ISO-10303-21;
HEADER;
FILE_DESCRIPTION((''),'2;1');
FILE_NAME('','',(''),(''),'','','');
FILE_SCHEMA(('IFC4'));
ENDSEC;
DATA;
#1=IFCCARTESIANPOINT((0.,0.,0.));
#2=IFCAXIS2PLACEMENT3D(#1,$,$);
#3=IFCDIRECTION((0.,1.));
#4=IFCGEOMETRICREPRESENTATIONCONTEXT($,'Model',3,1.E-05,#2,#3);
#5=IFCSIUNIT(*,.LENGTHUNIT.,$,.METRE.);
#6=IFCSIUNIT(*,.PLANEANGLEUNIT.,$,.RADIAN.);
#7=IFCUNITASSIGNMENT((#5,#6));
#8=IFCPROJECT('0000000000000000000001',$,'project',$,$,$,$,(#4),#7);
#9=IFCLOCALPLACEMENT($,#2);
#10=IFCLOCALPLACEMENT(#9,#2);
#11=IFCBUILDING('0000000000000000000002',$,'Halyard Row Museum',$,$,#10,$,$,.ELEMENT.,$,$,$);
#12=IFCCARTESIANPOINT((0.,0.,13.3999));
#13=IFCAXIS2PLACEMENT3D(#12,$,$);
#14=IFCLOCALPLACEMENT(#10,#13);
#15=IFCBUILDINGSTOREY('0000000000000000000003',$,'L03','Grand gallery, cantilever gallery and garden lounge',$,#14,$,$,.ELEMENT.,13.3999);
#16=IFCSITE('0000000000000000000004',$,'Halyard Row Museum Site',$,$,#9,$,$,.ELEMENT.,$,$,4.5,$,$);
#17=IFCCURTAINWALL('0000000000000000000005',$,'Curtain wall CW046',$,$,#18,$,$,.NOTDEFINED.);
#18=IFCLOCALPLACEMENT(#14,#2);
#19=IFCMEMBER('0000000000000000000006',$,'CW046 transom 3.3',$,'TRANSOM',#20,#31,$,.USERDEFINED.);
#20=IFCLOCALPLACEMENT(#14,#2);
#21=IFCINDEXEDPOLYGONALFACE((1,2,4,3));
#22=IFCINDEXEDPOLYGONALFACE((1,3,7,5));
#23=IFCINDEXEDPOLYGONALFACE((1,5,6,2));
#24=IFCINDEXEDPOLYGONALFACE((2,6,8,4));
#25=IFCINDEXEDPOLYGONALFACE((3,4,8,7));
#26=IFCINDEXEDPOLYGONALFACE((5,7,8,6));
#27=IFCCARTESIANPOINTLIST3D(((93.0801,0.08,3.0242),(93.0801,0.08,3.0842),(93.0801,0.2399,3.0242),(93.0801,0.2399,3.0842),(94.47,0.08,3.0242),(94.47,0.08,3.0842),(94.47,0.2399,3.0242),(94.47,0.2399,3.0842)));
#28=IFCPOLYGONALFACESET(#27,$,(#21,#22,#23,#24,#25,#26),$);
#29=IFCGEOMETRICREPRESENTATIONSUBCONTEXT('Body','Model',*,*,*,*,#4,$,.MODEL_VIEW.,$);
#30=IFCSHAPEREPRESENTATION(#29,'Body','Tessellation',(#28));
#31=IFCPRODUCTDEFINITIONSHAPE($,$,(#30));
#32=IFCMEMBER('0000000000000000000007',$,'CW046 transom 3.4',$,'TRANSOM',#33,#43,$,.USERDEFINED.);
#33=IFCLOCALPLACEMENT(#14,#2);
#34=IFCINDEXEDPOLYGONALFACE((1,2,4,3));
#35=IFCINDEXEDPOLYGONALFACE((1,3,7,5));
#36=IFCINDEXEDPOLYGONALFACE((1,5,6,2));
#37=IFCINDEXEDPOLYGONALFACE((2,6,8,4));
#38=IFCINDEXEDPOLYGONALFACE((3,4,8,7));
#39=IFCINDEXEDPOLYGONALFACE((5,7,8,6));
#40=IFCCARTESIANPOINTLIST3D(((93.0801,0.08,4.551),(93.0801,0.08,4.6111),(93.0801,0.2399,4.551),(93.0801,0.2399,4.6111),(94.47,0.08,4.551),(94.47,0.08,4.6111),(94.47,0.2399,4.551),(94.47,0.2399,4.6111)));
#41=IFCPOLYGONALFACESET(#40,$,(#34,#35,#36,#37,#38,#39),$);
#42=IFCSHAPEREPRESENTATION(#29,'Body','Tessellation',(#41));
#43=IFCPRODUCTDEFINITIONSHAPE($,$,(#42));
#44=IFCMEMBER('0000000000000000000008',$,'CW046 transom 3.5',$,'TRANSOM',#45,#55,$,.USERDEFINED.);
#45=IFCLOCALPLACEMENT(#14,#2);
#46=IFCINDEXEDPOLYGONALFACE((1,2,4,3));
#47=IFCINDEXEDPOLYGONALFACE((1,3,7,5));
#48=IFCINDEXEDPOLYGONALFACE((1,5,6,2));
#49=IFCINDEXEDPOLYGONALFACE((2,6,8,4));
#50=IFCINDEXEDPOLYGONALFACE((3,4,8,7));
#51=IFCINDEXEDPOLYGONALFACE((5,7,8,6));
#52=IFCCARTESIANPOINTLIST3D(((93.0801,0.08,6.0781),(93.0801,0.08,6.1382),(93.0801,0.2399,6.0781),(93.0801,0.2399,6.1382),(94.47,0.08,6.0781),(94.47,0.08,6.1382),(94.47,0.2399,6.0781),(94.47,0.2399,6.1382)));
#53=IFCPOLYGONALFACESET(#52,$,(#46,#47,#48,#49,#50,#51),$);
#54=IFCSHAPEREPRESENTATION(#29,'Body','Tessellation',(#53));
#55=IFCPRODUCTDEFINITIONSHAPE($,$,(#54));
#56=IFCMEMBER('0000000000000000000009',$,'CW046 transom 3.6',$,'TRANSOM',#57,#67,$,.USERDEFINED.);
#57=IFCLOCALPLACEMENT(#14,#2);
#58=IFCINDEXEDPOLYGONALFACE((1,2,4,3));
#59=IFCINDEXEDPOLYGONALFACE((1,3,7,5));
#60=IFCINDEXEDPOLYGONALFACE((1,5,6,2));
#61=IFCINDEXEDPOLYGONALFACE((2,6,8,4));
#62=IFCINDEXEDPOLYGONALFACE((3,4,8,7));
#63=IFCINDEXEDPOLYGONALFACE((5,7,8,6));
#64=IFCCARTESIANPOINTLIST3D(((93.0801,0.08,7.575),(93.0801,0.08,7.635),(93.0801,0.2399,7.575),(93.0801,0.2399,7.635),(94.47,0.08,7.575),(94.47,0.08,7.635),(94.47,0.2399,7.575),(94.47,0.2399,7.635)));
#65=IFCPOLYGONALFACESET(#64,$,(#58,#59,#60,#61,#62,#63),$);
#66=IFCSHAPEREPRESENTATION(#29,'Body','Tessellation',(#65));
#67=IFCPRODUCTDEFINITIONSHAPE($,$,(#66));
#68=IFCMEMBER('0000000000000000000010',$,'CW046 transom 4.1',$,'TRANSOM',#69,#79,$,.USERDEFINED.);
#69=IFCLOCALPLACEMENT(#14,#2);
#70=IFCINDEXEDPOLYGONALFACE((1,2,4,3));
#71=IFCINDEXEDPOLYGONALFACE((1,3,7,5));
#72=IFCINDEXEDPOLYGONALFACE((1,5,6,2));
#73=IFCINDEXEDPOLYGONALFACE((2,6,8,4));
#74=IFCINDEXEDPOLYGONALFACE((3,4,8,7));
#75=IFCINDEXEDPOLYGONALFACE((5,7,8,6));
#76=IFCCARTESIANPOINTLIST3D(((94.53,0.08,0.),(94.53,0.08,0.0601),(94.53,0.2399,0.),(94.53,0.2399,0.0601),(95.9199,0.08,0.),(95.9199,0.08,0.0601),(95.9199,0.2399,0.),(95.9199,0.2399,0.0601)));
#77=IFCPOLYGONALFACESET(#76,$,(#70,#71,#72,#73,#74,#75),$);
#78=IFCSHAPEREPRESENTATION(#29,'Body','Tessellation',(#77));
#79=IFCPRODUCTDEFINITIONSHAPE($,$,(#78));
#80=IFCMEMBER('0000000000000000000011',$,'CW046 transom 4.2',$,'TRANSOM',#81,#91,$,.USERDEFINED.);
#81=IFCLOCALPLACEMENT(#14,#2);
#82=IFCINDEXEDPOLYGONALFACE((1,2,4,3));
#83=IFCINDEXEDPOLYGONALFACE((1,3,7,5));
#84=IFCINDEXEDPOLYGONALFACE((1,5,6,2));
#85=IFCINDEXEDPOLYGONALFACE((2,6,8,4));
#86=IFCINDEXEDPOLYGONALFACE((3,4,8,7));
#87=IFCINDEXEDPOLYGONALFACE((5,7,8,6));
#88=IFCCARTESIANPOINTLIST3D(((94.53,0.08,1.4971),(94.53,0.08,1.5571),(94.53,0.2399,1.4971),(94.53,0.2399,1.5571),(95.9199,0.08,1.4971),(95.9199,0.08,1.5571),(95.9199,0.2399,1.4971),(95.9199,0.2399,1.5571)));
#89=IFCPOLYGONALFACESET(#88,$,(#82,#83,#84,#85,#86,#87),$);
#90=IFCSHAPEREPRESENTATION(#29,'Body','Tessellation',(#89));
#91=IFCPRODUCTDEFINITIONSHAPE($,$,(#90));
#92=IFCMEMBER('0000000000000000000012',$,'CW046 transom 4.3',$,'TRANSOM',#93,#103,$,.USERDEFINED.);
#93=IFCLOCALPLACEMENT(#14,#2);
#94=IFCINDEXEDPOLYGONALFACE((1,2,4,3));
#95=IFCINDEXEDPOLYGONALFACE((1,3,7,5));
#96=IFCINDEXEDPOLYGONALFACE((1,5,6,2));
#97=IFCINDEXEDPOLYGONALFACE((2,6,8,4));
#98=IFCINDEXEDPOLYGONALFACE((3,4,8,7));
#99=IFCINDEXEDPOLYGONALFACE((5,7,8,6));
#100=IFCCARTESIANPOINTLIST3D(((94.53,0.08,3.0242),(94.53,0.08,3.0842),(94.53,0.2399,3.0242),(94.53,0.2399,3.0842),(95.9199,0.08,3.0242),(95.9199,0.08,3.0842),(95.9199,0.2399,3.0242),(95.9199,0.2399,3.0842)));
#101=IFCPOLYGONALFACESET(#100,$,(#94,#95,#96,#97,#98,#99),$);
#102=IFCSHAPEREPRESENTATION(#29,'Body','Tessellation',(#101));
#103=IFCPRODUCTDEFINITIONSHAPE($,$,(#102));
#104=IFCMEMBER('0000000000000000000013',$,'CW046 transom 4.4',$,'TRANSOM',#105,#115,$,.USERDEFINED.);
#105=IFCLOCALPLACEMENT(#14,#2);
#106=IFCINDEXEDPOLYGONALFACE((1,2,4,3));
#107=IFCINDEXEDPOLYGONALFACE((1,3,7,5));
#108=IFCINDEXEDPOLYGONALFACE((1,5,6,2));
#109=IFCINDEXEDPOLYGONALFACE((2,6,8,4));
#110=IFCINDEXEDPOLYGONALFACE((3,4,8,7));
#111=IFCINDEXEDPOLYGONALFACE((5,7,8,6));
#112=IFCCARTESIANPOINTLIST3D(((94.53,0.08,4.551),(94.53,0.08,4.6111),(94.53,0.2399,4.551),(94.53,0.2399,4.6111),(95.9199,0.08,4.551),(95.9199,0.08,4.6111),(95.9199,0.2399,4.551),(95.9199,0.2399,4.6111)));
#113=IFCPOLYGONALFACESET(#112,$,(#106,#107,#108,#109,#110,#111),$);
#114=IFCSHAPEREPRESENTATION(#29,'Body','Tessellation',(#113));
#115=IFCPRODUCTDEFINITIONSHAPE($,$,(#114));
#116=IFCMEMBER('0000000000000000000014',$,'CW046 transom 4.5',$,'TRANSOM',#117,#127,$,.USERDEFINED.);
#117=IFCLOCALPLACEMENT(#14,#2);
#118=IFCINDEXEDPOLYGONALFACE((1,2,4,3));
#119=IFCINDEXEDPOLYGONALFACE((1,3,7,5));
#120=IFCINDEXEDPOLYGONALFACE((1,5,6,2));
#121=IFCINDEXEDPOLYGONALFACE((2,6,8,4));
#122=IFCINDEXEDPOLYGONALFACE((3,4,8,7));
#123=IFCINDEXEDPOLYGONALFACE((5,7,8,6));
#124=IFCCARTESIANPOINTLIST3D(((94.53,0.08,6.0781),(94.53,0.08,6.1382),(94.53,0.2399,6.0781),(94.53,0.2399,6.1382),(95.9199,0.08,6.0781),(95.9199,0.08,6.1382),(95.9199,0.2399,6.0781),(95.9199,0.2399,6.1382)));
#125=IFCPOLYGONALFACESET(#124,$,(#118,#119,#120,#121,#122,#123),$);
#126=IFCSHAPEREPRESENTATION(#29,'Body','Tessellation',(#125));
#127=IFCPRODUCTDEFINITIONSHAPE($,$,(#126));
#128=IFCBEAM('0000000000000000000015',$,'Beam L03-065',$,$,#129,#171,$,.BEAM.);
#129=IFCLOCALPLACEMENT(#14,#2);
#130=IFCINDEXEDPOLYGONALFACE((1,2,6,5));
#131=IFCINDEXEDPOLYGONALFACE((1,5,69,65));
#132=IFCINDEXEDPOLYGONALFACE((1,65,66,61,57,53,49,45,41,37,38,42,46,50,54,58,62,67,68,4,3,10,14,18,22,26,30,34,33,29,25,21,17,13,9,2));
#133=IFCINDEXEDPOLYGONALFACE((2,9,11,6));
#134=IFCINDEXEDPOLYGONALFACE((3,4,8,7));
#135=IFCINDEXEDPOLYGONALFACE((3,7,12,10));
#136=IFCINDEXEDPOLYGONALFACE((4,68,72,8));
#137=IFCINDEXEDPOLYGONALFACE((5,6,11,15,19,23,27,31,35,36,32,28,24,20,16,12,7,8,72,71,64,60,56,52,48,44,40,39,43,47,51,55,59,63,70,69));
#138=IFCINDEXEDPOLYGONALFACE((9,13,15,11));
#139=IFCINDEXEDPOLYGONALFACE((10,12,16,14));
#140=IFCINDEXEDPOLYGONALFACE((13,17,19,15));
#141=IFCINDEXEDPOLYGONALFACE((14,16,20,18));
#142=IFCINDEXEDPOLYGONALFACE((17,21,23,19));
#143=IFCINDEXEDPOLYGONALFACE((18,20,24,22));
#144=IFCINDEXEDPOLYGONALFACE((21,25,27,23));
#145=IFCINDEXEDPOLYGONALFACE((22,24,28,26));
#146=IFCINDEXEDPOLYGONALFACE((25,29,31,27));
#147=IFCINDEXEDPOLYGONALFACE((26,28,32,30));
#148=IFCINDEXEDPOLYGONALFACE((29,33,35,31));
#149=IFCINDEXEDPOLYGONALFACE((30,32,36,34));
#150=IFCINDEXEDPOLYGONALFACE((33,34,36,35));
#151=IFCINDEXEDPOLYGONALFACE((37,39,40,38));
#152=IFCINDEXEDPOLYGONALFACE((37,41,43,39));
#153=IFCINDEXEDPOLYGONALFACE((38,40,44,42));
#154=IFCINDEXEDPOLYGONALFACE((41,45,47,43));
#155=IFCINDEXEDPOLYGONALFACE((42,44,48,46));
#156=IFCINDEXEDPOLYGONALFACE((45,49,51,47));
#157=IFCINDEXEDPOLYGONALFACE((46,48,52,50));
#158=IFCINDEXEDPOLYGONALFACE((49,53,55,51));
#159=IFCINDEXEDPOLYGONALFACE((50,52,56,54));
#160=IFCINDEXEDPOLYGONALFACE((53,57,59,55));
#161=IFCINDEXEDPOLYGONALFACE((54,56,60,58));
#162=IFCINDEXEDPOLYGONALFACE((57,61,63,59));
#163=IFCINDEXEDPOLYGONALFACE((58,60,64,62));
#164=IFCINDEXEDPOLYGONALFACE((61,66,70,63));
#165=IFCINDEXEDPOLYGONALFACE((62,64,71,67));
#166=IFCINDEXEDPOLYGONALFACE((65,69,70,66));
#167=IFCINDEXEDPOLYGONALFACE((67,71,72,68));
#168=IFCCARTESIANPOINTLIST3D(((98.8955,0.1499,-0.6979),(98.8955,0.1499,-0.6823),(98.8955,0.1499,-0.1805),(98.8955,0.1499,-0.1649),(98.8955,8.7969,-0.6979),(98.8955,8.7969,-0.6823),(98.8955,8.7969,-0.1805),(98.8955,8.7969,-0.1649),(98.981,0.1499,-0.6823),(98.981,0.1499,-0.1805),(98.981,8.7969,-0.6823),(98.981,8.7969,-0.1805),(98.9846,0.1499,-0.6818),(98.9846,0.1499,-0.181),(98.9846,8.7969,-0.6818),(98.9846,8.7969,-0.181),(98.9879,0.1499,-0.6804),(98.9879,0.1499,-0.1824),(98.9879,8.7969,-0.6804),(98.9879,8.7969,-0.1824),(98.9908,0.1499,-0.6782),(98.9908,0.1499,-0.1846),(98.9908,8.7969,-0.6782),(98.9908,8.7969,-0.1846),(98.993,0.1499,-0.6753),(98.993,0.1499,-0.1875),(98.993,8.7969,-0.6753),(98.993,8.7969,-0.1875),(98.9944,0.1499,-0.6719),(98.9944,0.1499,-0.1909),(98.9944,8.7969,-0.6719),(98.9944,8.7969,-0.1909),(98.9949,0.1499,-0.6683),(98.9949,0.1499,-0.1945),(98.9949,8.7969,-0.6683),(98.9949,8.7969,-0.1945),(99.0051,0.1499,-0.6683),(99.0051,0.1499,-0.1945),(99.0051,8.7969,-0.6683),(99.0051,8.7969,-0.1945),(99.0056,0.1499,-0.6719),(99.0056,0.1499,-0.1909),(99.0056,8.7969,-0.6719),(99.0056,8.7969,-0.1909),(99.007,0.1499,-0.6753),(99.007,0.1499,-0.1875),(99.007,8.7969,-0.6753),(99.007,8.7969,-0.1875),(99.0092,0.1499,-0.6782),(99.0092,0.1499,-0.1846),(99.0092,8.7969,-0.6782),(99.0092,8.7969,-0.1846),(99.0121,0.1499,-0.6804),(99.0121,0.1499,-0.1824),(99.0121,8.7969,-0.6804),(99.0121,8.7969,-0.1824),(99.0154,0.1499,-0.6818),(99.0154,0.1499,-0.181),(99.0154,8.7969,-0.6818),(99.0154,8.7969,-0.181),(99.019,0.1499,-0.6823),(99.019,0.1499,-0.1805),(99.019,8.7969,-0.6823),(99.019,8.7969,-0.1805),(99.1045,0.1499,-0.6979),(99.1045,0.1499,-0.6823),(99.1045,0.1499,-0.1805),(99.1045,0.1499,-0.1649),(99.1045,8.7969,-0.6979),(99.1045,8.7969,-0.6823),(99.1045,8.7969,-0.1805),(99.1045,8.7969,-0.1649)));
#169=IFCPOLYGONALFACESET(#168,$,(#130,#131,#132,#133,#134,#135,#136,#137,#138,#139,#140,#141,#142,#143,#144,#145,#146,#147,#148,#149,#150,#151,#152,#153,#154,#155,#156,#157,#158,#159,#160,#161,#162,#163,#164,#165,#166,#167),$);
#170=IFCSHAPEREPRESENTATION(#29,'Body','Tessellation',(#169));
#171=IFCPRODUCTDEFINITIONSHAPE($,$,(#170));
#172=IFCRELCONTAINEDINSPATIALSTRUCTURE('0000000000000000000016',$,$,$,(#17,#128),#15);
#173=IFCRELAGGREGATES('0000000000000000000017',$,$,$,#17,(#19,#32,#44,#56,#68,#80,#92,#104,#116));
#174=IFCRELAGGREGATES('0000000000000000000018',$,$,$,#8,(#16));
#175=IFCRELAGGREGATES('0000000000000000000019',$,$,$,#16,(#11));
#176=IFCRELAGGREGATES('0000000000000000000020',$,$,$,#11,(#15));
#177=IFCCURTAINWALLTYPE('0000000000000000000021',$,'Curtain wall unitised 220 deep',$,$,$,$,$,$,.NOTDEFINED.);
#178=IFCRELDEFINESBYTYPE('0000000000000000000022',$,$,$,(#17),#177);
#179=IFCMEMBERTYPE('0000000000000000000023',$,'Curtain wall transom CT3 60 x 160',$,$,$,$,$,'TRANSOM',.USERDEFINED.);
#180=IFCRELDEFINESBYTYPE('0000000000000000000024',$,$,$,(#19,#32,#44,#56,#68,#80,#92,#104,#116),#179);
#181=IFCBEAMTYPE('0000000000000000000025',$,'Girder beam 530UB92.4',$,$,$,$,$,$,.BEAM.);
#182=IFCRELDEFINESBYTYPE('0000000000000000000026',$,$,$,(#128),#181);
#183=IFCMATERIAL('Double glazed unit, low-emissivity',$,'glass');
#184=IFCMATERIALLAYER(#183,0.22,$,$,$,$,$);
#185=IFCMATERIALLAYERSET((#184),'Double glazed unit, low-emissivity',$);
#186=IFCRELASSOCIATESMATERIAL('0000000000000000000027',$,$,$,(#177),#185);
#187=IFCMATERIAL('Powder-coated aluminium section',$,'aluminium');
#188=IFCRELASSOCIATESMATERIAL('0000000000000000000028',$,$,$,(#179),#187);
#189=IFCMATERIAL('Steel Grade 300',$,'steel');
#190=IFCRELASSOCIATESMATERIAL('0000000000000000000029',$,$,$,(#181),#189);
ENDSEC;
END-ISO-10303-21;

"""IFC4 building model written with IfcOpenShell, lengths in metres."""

from ifc_helpers import new_model, si_unit, direction, frame, origin, origin_2d, place, context, subcontext, project, spatial, rectangle, i_section, extrude, material, layer, layer_set, material_profile, profile_set, type_object, element, aggregate, save


model = new_model("IFC4")

# Units and contexts
model_context = context("Model", 3, precision=1e-05, world=origin(), true_north=direction((0.0, 1.0)))
body_context = subcontext(model_context, "Body", "Model", "MODEL_VIEW")
ifc_project = project(units=[si_unit("LENGTHUNIT", "METRE"), si_unit("PLANEANGLEUNIT", "RADIAN")], contexts=[model_context])

# Site, building, storey
site_placement = place(None, origin())
site = spatial("IfcSite", under=ifc_project, at=site_placement, Name="Halyard Row Museum Site", CompositionType="ELEMENT", RefElevation=4.5)
building_placement = place(site_placement, origin())
building = spatial("IfcBuilding", under=site, at=building_placement, Name="Halyard Row Museum", CompositionType="ELEMENT")
storey_placement = place(building_placement, frame((0.0, 0.0, 13.3999)))
storey = spatial("IfcBuildingStorey", under=building, at=storey_placement, Name="L03", Description="Grand gallery, cantilever gallery and garden lounge", CompositionType="ELEMENT", Elevation=13.3999)

# Curtain wall, members
ifc_material_1 = material(Name="Double glazed unit, low-emissivity", Category="glass")
ifc_layer_1 = layer(ifc_material_1, 0.22)
ifc_layer_set_1 = layer_set([ifc_layer_1], Name="Double glazed unit, low-emissivity")
curtain_wall_type = type_object("IfcCurtainWallType", Name="Curtain wall unitised 220 deep", PredefinedType="NOTDEFINED", material=ifc_layer_set_1)
curtain_wall_placement = place(storey_placement, origin())
curtain_wall = element("IfcCurtainWall", 1, at=curtain_wall_placement, inside=storey, type_object=curtain_wall_type, Name="Curtain wall CW046", PredefinedType="NOTDEFINED")
ifc_material_2 = material(Name="Powder-coated aluminium section", Category="aluminium")
ifc_material_profile_1 = material_profile(ifc_material_2, rectangle(XDim=0.1599, YDim=0.0601, at=origin_2d()), Name="160x60 transom")
ifc_profile_set_1 = profile_set([ifc_material_profile_1], Name="Powder-coated aluminium section")
member_type_1 = type_object("IfcMemberType", Name="Curtain wall transom CT3 60 x 160", ElementType="TRANSOM", PredefinedType="USERDEFINED", material=ifc_profile_set_1)
member_1_placement = place(storey_placement, frame((93.0801, 0.1599, 3.0542), z_axis=(1.0, 0.0, 0.0), x_axis=(0.0, 1.0, 0.0)))
member_1 = element("IfcMember", 2, at=member_1_placement, type_object=member_type_1, Name="CW046 transom 3.3", ObjectType="TRANSOM", PredefinedType="USERDEFINED", context=body_context, shape_type="SweptSolid", body=[
    extrude(rectangle(XDim=0.1599, YDim=0.0601, at=origin_2d()), origin(), (0.0, 0.0, 1.0), 1.3899),
])
member_2_placement = place(storey_placement, frame((93.0801, 0.1599, 4.5811), z_axis=(1.0, 0.0, 0.0), x_axis=(0.0, 1.0, 0.0)))
member_2 = element("IfcMember", 3, at=member_2_placement, type_object=member_type_1, Name="CW046 transom 3.4", ObjectType="TRANSOM", PredefinedType="USERDEFINED", context=body_context, shape_type="SweptSolid", body=[
    extrude(rectangle(XDim=0.1599, YDim=0.0601, at=origin_2d()), origin(), (0.0, 0.0, 1.0), 1.3899),
])
member_3_placement = place(storey_placement, frame((93.0801, 0.1599, 6.1082), z_axis=(1.0, 0.0, 0.0), x_axis=(0.0, 1.0, 0.0)))
member_3 = element("IfcMember", 4, at=member_3_placement, type_object=member_type_1, Name="CW046 transom 3.5", ObjectType="TRANSOM", PredefinedType="USERDEFINED", context=body_context, shape_type="SweptSolid", body=[
    extrude(rectangle(XDim=0.1599, YDim=0.0601, at=origin_2d()), origin(), (0.0, 0.0, 1.0), 1.3899),
])
member_4_placement = place(storey_placement, frame((93.0801, 0.1599, 7.605), z_axis=(1.0, 0.0, 0.0), x_axis=(0.0, 1.0, 0.0)))
member_4 = element("IfcMember", 5, at=member_4_placement, type_object=member_type_1, Name="CW046 transom 3.6", ObjectType="TRANSOM", PredefinedType="USERDEFINED", context=body_context, shape_type="SweptSolid", body=[
    extrude(rectangle(XDim=0.1599, YDim=0.0601, at=origin_2d()), origin(), (0.0, 0.0, 1.0), 1.3899),
])
member_5_placement = place(storey_placement, frame((94.53, 0.1599, 0.03), z_axis=(1.0, 0.0, 0.0), x_axis=(0.0, 1.0, 0.0)))
member_5 = element("IfcMember", 6, at=member_5_placement, type_object=member_type_1, Name="CW046 transom 4.1", ObjectType="TRANSOM", PredefinedType="USERDEFINED", context=body_context, shape_type="SweptSolid", body=[
    extrude(rectangle(XDim=0.1599, YDim=0.0601, at=origin_2d()), origin(), (0.0, 0.0, 1.0), 1.3899),
])
member_6_placement = place(storey_placement, frame((94.53, 0.1599, 1.5271), z_axis=(1.0, 0.0, 0.0), x_axis=(0.0, 1.0, 0.0)))
member_6 = element("IfcMember", 7, at=member_6_placement, type_object=member_type_1, Name="CW046 transom 4.2", ObjectType="TRANSOM", PredefinedType="USERDEFINED", context=body_context, shape_type="SweptSolid", body=[
    extrude(rectangle(XDim=0.1599, YDim=0.0601, at=origin_2d()), origin(), (0.0, 0.0, 1.0), 1.3899),
])
member_7_placement = place(storey_placement, frame((94.53, 0.1599, 3.0542), z_axis=(1.0, 0.0, 0.0), x_axis=(0.0, 1.0, 0.0)))
member_7 = element("IfcMember", 8, at=member_7_placement, type_object=member_type_1, Name="CW046 transom 4.3", ObjectType="TRANSOM", PredefinedType="USERDEFINED", context=body_context, shape_type="SweptSolid", body=[
    extrude(rectangle(XDim=0.1599, YDim=0.0601, at=origin_2d()), origin(), (0.0, 0.0, 1.0), 1.3899),
])
member_8_placement = place(storey_placement, frame((94.53, 0.1599, 4.5811), z_axis=(1.0, 0.0, 0.0), x_axis=(0.0, 1.0, 0.0)))
member_8 = element("IfcMember", 9, at=member_8_placement, type_object=member_type_1, Name="CW046 transom 4.4", ObjectType="TRANSOM", PredefinedType="USERDEFINED", context=body_context, shape_type="SweptSolid", body=[
    extrude(rectangle(XDim=0.1599, YDim=0.0601, at=origin_2d()), origin(), (0.0, 0.0, 1.0), 1.3899),
])
member_9_placement = place(storey_placement, frame((94.53, 0.1599, 6.1082), z_axis=(1.0, 0.0, 0.0), x_axis=(0.0, 1.0, 0.0)))
member_9 = element("IfcMember", 10, at=member_9_placement, type_object=member_type_1, Name="CW046 transom 4.5", ObjectType="TRANSOM", PredefinedType="USERDEFINED", context=body_context, shape_type="SweptSolid", body=[
    extrude(rectangle(XDim=0.1599, YDim=0.0601, at=origin_2d()), origin(), (0.0, 0.0, 1.0), 1.3899),
])

# Beam
ifc_material_3 = material(Name="Steel Grade 300", Category="steel")
ifc_material_profile_2 = material_profile(ifc_material_3, i_section(OverallWidth=0.209, OverallDepth=0.533, WebThickness=0.0103, FlangeThickness=0.0156, FilletRadius=0.0139, at=origin_2d()), Name="530UB92.4")
ifc_profile_set_2 = profile_set([ifc_material_profile_2], Name="Steel Grade 300")
beam_type_1 = type_object("IfcBeamType", Name="Girder beam 530UB92.4", PredefinedType="BEAM", material=ifc_profile_set_2)
beam_placement = place(storey_placement, frame((99.0, 0.1499, -0.4314), z_axis=(0.0, 1.0, 0.0), x_axis=(-1.0, 0.0, 0.0)))
element("IfcBeam", 11, at=beam_placement, inside=storey, type_object=beam_type_1, Name="Beam L03-065", PredefinedType="BEAM", context=body_context, shape_type="SweptSolid", body=[
    extrude(i_section(OverallWidth=0.209, OverallDepth=0.533, WebThickness=0.0103, FlangeThickness=0.0156, FilletRadius=0.0139, at=origin_2d()), origin(), (0.0, 0.0, 1.0), 8.647),
])

aggregate(curtain_wall, [member_1, member_2, member_3, member_4, member_5, member_6, member_7, member_8, member_9])

save(model, "model.ifc")
